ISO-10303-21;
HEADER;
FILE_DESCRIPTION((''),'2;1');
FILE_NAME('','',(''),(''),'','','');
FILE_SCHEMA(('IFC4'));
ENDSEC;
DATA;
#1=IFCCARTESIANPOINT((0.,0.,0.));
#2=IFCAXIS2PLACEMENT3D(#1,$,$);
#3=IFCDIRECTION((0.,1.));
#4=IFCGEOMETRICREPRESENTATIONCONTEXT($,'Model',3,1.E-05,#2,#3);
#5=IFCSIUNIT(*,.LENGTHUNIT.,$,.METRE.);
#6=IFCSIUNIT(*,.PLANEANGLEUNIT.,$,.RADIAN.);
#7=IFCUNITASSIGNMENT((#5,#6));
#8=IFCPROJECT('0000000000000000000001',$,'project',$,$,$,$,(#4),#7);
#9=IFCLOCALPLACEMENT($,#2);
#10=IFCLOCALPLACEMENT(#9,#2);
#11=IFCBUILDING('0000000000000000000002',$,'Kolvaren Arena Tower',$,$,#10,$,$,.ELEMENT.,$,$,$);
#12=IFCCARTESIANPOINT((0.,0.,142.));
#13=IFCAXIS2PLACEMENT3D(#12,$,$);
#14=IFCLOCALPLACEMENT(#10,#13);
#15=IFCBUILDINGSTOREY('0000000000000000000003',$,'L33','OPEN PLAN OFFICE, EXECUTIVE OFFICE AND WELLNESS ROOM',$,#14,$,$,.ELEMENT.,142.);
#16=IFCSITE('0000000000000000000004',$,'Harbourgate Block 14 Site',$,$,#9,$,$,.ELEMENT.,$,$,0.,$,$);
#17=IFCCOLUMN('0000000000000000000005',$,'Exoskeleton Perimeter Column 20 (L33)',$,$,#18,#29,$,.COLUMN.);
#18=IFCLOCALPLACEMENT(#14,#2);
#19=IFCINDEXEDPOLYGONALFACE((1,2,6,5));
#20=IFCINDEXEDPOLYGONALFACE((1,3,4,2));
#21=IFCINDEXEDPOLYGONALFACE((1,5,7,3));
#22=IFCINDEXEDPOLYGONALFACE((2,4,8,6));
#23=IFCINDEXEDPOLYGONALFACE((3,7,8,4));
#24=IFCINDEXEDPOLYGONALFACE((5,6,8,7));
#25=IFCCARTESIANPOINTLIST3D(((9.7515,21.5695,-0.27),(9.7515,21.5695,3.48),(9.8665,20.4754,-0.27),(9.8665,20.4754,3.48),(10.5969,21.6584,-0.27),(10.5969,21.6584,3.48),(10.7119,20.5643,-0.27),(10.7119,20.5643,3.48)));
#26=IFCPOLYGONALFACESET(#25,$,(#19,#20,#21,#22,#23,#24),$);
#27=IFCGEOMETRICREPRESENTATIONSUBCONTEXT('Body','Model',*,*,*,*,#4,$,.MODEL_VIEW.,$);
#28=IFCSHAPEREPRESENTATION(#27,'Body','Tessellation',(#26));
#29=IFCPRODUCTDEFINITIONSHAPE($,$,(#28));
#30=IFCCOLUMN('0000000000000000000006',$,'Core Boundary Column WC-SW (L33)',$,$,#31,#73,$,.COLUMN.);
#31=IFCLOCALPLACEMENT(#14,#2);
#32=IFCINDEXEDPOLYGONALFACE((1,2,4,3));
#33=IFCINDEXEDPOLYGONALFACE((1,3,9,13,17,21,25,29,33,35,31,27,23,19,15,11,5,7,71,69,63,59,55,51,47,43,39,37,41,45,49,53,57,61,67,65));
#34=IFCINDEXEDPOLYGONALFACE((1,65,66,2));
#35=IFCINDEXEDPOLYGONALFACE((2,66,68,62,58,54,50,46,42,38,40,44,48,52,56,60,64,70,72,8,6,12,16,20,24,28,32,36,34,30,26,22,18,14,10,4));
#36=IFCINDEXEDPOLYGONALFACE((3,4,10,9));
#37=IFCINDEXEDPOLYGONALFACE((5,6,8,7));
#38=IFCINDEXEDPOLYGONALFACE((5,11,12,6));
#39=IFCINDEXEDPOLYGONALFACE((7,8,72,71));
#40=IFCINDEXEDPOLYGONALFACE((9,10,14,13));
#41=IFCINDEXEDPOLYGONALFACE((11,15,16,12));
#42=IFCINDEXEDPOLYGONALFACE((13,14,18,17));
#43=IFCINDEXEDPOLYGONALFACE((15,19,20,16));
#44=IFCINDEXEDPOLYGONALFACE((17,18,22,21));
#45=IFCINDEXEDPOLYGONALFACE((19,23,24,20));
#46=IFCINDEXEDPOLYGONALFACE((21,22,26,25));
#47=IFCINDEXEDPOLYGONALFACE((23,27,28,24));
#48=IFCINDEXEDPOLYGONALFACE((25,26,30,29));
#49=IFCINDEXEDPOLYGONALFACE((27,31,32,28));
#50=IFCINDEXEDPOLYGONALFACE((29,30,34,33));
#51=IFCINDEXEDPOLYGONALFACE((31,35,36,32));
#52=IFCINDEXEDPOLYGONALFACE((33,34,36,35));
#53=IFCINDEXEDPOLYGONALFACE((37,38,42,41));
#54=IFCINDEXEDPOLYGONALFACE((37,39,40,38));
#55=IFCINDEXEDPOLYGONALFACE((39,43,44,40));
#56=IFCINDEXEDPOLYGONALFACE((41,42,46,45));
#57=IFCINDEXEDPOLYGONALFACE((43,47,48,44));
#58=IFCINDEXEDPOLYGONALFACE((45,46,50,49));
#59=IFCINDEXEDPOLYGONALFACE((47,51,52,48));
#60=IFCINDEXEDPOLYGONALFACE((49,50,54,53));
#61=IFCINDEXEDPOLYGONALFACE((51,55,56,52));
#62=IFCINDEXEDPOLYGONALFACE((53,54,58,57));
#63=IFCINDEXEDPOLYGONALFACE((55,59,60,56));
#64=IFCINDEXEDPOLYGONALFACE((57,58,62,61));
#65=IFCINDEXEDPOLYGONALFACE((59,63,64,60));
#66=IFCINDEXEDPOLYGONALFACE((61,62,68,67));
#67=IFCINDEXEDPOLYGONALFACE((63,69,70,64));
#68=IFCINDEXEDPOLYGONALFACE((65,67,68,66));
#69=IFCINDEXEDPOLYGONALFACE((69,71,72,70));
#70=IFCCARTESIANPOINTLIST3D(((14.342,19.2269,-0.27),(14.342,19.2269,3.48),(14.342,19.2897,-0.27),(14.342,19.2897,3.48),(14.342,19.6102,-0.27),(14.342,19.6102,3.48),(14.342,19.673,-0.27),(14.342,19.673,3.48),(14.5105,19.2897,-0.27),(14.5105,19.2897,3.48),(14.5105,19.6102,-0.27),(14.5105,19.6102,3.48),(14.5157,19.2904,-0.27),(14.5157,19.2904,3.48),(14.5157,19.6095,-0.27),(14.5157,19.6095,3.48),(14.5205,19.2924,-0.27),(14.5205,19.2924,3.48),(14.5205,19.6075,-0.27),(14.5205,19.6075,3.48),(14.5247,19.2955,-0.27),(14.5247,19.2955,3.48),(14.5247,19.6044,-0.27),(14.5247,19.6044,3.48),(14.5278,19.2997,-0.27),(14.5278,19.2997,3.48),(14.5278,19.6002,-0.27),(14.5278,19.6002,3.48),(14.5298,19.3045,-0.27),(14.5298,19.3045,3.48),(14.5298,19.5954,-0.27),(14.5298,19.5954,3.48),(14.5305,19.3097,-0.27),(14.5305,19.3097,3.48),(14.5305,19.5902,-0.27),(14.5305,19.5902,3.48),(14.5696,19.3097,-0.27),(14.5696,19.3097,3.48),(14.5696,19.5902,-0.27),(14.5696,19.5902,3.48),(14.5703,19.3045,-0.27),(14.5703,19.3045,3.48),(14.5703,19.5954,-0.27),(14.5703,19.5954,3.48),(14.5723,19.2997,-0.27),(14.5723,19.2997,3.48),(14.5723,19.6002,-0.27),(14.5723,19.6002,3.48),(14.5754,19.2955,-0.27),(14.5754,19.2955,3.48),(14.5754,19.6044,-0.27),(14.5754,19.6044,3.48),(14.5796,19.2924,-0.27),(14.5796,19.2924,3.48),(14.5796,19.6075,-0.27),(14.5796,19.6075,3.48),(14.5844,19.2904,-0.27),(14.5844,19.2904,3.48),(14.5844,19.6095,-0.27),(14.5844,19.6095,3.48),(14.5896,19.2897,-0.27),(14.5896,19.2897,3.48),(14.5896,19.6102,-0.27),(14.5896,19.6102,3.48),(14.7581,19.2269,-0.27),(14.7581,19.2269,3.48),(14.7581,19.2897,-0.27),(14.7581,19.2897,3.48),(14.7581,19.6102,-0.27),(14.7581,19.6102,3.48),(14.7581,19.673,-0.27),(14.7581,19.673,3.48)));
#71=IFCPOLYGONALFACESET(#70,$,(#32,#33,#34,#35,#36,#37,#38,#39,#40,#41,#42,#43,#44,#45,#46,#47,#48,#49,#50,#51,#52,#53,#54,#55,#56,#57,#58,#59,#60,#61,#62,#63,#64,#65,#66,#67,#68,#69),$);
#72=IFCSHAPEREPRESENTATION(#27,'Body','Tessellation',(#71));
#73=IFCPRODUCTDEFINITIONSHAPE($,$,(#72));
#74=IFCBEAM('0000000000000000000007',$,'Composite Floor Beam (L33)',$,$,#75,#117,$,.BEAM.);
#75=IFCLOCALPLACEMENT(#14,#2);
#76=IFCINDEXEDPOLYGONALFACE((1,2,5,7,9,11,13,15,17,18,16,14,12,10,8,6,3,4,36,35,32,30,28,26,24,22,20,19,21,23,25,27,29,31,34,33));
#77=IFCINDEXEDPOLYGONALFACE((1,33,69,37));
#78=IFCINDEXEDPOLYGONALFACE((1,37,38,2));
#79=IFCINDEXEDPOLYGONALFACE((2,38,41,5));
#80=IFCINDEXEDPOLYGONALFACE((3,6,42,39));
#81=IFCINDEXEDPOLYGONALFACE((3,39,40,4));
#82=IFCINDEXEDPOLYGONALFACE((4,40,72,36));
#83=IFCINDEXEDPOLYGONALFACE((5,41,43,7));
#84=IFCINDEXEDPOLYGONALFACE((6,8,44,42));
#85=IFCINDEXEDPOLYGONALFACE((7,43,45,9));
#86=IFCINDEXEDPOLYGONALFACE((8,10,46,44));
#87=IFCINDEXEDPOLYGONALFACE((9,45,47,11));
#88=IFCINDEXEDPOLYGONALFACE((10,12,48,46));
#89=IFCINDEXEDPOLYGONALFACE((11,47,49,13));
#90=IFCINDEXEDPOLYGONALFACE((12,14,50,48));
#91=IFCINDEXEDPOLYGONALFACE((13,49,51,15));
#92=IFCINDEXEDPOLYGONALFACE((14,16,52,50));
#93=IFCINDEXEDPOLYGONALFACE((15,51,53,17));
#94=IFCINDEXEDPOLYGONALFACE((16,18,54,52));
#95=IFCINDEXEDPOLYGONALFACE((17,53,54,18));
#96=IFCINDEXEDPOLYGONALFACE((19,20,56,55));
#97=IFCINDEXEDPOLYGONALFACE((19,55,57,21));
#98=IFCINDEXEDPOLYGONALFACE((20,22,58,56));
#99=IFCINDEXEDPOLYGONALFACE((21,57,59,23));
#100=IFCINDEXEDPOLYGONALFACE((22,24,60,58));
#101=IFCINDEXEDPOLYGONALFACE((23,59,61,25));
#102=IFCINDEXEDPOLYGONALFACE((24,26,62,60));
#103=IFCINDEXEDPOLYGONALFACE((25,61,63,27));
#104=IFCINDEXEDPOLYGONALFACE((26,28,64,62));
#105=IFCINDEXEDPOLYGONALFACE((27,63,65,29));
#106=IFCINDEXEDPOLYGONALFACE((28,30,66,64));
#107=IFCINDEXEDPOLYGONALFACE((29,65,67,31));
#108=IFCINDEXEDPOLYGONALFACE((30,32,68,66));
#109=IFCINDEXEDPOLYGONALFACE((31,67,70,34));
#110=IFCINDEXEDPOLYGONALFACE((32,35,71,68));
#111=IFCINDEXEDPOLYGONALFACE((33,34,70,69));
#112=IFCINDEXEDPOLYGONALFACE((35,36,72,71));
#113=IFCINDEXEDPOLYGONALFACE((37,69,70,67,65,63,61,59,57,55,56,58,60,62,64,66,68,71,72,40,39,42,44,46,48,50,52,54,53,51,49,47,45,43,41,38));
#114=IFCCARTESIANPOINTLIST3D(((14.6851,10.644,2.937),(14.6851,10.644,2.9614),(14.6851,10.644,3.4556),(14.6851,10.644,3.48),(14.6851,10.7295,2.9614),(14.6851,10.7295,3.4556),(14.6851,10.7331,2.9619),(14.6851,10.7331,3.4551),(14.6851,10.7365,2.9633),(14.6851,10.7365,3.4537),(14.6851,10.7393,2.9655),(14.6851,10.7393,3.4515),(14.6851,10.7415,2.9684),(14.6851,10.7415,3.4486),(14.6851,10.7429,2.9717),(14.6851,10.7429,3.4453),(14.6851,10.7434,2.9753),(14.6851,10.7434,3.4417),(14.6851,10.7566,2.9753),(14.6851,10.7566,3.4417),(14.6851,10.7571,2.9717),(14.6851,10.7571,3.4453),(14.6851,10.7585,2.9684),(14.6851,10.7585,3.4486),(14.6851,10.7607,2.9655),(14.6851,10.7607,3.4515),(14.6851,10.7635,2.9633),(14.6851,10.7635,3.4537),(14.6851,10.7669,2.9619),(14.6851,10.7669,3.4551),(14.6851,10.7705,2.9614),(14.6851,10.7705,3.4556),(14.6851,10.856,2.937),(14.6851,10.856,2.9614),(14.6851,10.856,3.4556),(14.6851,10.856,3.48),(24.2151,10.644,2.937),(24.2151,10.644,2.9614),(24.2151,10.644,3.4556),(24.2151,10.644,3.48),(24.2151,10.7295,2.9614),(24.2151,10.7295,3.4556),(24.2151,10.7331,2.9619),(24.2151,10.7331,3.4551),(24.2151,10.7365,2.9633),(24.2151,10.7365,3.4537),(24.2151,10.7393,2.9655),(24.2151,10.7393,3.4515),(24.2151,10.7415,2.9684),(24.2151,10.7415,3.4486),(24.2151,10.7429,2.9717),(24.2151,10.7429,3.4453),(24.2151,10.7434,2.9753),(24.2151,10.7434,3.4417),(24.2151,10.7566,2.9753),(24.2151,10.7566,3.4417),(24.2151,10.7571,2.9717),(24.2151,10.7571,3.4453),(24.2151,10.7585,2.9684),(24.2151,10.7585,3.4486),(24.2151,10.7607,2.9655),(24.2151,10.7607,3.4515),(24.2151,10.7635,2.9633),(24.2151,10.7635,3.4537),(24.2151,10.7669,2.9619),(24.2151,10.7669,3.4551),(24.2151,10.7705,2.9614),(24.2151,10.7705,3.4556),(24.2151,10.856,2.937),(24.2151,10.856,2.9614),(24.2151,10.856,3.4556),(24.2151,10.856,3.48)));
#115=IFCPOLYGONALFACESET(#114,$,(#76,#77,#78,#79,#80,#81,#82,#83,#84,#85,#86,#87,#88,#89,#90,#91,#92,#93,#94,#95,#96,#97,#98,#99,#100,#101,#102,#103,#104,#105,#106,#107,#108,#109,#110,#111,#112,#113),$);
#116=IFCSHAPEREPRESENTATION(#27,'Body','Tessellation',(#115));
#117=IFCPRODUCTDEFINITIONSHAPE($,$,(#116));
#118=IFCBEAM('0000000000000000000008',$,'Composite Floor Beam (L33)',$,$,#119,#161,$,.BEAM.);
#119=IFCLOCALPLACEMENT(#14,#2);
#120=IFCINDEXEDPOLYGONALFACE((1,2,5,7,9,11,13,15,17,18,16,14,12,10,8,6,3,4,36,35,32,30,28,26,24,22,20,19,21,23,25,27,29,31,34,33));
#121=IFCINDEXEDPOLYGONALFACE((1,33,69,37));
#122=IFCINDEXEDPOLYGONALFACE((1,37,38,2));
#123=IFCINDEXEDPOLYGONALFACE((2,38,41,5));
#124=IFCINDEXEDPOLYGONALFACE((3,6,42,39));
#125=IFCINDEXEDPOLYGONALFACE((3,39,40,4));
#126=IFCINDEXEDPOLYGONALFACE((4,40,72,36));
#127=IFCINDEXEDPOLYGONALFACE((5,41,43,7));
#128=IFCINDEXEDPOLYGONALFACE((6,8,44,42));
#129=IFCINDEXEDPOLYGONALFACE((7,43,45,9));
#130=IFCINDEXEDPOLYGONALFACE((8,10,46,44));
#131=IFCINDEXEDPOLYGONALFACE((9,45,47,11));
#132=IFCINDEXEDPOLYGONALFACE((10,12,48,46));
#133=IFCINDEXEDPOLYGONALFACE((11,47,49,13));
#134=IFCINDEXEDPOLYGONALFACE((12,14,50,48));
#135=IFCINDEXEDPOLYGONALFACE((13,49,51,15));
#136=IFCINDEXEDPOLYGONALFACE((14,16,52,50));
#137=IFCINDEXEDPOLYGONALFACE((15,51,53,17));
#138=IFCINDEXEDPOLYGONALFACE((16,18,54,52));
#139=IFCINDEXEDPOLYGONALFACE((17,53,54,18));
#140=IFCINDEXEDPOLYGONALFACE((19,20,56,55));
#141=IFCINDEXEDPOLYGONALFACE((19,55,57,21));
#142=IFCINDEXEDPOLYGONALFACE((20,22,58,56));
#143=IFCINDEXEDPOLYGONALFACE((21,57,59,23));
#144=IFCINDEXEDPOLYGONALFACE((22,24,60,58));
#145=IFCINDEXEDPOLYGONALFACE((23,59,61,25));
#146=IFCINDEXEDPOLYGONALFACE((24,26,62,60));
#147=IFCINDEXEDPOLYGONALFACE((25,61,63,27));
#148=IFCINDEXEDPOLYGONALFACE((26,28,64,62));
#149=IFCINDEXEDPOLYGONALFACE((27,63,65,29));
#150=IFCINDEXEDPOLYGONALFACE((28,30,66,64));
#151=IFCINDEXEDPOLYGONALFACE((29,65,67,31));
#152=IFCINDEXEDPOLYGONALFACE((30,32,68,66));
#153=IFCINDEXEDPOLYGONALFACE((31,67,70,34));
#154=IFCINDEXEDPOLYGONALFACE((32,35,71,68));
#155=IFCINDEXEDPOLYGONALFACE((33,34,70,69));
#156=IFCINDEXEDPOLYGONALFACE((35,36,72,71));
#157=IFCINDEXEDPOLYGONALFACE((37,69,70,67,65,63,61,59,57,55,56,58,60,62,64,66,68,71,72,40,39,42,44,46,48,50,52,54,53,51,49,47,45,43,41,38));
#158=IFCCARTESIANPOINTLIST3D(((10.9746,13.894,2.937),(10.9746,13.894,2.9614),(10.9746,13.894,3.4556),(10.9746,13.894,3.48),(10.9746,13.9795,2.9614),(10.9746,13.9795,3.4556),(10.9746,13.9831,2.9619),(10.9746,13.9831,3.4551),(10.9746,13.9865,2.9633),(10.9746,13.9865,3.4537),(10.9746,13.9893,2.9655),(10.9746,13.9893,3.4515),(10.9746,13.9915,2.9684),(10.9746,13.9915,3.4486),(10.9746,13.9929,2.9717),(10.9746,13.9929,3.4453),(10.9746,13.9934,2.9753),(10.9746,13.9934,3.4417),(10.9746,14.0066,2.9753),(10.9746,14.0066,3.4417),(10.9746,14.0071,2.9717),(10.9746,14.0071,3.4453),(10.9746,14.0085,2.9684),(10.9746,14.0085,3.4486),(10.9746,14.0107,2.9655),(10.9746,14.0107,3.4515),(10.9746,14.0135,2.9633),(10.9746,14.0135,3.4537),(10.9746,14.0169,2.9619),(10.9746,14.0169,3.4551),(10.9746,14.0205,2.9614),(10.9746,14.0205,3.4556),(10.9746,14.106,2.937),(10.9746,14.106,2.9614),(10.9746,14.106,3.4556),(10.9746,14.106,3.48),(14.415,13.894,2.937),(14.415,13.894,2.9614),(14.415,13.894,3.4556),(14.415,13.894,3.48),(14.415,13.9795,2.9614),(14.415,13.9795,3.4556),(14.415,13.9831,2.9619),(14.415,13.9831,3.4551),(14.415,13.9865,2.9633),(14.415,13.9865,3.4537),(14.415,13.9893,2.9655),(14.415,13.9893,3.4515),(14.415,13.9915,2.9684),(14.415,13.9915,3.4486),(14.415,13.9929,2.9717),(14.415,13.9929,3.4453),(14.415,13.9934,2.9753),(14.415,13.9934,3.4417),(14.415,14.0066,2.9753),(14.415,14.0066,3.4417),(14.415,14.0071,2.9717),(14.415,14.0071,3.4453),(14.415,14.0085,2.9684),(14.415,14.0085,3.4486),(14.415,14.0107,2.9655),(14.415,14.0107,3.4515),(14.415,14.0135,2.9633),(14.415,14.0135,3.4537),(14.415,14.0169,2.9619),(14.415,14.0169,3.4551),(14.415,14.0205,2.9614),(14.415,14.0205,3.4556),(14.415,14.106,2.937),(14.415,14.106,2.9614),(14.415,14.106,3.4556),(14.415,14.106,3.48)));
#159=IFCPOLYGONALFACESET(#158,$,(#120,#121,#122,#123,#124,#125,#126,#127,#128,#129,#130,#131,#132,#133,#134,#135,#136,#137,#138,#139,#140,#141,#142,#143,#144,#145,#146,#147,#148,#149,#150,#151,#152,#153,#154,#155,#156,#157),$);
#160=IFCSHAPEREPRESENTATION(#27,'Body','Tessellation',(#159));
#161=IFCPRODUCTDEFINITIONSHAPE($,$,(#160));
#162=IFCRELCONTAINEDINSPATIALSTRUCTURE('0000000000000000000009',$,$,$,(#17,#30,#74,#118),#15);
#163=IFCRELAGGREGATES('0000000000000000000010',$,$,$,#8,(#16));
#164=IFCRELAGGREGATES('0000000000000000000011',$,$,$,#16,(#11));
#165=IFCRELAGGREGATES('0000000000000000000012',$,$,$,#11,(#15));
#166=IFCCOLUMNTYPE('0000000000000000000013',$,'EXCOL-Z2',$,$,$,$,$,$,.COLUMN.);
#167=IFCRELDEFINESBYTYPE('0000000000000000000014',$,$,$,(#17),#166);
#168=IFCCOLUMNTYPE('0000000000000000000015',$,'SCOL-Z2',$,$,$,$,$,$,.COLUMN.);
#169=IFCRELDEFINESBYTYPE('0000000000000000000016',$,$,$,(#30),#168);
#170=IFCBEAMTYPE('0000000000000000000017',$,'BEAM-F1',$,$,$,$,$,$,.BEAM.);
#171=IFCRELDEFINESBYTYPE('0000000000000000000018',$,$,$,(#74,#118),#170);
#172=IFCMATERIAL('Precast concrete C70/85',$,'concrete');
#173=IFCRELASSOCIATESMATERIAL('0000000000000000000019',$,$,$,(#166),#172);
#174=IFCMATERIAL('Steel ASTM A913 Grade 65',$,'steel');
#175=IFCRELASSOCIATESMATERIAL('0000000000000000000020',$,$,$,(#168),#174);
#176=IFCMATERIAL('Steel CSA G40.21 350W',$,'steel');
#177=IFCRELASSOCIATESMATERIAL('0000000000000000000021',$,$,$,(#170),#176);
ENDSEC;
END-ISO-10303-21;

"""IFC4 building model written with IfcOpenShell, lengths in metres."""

from ifc_helpers import new_model, si_unit, direction, frame, origin, origin_2d, place, context, subcontext, project, spatial, rectangle, i_section, extrude, material, material_profile, profile_set, type_object, element, save


model = new_model("IFC4")

# Units and contexts
model_context = context("Model", 3, precision=1e-05, world=origin(), true_north=direction((0.0, 1.0)))
body_context = subcontext(model_context, "Body", "Model", "MODEL_VIEW")
ifc_project = project(units=[si_unit("LENGTHUNIT", "METRE"), si_unit("PLANEANGLEUNIT", "RADIAN")], contexts=[model_context])

# Site, building, storey
site_placement = place(None, origin())
site = spatial("IfcSite", under=ifc_project, at=site_placement, Name="Harbourgate Block 14 Site", CompositionType="ELEMENT", RefElevation=0.0)
building_placement = place(site_placement, origin())
building = spatial("IfcBuilding", under=site, at=building_placement, Name="Kolvaren Arena Tower", CompositionType="ELEMENT")
storey_placement = place(building_placement, frame((0.0, 0.0, 142.0)))
storey = spatial("IfcBuildingStorey", under=building, at=storey_placement, Name="L33", Description="OPEN PLAN OFFICE, EXECUTIVE OFFICE AND WELLNESS ROOM", CompositionType="ELEMENT", Elevation=142.0)

# Columns
ifc_material_1 = material(Name="Precast concrete C70/85", Category="concrete")
ifc_material_profile_1 = material_profile(ifc_material_1, rectangle(XDim=1.1001, YDim=0.8501, at=origin_2d()), Name="RC-1100x850")
ifc_profile_set_1 = profile_set([ifc_material_profile_1], Name="Precast concrete C70/85")
column_type_1 = type_object("IfcColumnType", Name="EXCOL-Z2", PredefinedType="COLUMN", material=ifc_profile_set_1)
column_1_placement = place(storey_placement, frame((10.2317, 21.0669, -0.27), z_axis=(0.0, 0.0, 1.0), x_axis=(-0.104528, 0.994522, 0.0)))
element("IfcColumn", 1, at=column_1_placement, inside=storey, type_object=column_type_1, Name="Exoskeleton Perimeter Column 20 (L33)", PredefinedType="COLUMN", context=body_context, shape_type="SweptSolid", body=[
    extrude(rectangle(XDim=1.1001, YDim=0.8501, at=origin_2d()), origin(), (0.0, 0.0, 1.0), 3.75),
])
ifc_material_2 = material(Name="Steel ASTM A913 Grade 65", Category="steel")
ifc_material_profile_2 = material_profile(ifc_material_2, i_section(OverallWidth=0.416, OverallDepth=0.446, WebThickness=0.0391, FlangeThickness=0.0627, FilletRadius=0.02, at=origin_2d()), Name="W360x509")
ifc_profile_set_2 = profile_set([ifc_material_profile_2], Name="Steel ASTM A913 Grade 65")
column_type_2 = type_object("IfcColumnType", Name="SCOL-Z2", PredefinedType="COLUMN", material=ifc_profile_set_2)
column_2_placement = place(storey_placement, frame((14.55, 19.45, -0.27), z_axis=(0.0, 0.0, 1.0), x_axis=(1.0, 0.0, 0.0)))
element("IfcColumn", 2, at=column_2_placement, inside=storey, type_object=column_type_2, Name="Core Boundary Column WC-SW (L33)", PredefinedType="COLUMN", context=body_context, shape_type="SweptSolid", body=[
    extrude(i_section(OverallWidth=0.416, OverallDepth=0.446, WebThickness=0.0391, FlangeThickness=0.0627, FilletRadius=0.02, at=origin_2d()), origin(), (0.0, 0.0, 1.0), 3.75),
])

# Beams
ifc_material_3 = material(Name="Steel CSA G40.21 350W", Category="steel")
ifc_material_profile_3 = material_profile(ifc_material_3, i_section(OverallWidth=0.2119, OverallDepth=0.543, WebThickness=0.0132, FlangeThickness=0.0244, FilletRadius=0.0139, at=origin_2d()), Name="W530x150")
ifc_profile_set_3 = profile_set([ifc_material_profile_3], Name="Steel CSA G40.21 350W")
beam_type_1 = type_object("IfcBeamType", Name="BEAM-F1", PredefinedType="BEAM", material=ifc_profile_set_3)
beam_1_placement = place(storey_placement, frame((14.6851, 10.75, 3.2085), z_axis=(1.0, 0.0, 0.0), x_axis=(0.0, 1.0, 0.0)))
element("IfcBeam", 3, at=beam_1_placement, inside=storey, type_object=beam_type_1, Name="Composite Floor Beam (L33)", PredefinedType="BEAM", context=body_context, shape_type="SweptSolid", body=[
    extrude(i_section(OverallWidth=0.2119, OverallDepth=0.543, WebThickness=0.0132, FlangeThickness=0.0244, FilletRadius=0.0139, at=origin_2d()), origin(), (0.0, 0.0, 1.0), 9.53),
])
beam_2_placement = place(storey_placement, frame((10.9746, 14.0, 3.2085), z_axis=(1.0, 0.0, 0.0), x_axis=(0.0, 1.0, 0.0)))
element("IfcBeam", 4, at=beam_2_placement, inside=storey, type_object=beam_type_1, Name="Composite Floor Beam (L33)", PredefinedType="BEAM", context=body_context, shape_type="SweptSolid", body=[
    extrude(i_section(OverallWidth=0.2119, OverallDepth=0.543, WebThickness=0.0132, FlangeThickness=0.0244, FilletRadius=0.0139, at=origin_2d()), origin(), (0.0, 0.0, 1.0), 3.4404),
])

save(model, "model.ifc")
